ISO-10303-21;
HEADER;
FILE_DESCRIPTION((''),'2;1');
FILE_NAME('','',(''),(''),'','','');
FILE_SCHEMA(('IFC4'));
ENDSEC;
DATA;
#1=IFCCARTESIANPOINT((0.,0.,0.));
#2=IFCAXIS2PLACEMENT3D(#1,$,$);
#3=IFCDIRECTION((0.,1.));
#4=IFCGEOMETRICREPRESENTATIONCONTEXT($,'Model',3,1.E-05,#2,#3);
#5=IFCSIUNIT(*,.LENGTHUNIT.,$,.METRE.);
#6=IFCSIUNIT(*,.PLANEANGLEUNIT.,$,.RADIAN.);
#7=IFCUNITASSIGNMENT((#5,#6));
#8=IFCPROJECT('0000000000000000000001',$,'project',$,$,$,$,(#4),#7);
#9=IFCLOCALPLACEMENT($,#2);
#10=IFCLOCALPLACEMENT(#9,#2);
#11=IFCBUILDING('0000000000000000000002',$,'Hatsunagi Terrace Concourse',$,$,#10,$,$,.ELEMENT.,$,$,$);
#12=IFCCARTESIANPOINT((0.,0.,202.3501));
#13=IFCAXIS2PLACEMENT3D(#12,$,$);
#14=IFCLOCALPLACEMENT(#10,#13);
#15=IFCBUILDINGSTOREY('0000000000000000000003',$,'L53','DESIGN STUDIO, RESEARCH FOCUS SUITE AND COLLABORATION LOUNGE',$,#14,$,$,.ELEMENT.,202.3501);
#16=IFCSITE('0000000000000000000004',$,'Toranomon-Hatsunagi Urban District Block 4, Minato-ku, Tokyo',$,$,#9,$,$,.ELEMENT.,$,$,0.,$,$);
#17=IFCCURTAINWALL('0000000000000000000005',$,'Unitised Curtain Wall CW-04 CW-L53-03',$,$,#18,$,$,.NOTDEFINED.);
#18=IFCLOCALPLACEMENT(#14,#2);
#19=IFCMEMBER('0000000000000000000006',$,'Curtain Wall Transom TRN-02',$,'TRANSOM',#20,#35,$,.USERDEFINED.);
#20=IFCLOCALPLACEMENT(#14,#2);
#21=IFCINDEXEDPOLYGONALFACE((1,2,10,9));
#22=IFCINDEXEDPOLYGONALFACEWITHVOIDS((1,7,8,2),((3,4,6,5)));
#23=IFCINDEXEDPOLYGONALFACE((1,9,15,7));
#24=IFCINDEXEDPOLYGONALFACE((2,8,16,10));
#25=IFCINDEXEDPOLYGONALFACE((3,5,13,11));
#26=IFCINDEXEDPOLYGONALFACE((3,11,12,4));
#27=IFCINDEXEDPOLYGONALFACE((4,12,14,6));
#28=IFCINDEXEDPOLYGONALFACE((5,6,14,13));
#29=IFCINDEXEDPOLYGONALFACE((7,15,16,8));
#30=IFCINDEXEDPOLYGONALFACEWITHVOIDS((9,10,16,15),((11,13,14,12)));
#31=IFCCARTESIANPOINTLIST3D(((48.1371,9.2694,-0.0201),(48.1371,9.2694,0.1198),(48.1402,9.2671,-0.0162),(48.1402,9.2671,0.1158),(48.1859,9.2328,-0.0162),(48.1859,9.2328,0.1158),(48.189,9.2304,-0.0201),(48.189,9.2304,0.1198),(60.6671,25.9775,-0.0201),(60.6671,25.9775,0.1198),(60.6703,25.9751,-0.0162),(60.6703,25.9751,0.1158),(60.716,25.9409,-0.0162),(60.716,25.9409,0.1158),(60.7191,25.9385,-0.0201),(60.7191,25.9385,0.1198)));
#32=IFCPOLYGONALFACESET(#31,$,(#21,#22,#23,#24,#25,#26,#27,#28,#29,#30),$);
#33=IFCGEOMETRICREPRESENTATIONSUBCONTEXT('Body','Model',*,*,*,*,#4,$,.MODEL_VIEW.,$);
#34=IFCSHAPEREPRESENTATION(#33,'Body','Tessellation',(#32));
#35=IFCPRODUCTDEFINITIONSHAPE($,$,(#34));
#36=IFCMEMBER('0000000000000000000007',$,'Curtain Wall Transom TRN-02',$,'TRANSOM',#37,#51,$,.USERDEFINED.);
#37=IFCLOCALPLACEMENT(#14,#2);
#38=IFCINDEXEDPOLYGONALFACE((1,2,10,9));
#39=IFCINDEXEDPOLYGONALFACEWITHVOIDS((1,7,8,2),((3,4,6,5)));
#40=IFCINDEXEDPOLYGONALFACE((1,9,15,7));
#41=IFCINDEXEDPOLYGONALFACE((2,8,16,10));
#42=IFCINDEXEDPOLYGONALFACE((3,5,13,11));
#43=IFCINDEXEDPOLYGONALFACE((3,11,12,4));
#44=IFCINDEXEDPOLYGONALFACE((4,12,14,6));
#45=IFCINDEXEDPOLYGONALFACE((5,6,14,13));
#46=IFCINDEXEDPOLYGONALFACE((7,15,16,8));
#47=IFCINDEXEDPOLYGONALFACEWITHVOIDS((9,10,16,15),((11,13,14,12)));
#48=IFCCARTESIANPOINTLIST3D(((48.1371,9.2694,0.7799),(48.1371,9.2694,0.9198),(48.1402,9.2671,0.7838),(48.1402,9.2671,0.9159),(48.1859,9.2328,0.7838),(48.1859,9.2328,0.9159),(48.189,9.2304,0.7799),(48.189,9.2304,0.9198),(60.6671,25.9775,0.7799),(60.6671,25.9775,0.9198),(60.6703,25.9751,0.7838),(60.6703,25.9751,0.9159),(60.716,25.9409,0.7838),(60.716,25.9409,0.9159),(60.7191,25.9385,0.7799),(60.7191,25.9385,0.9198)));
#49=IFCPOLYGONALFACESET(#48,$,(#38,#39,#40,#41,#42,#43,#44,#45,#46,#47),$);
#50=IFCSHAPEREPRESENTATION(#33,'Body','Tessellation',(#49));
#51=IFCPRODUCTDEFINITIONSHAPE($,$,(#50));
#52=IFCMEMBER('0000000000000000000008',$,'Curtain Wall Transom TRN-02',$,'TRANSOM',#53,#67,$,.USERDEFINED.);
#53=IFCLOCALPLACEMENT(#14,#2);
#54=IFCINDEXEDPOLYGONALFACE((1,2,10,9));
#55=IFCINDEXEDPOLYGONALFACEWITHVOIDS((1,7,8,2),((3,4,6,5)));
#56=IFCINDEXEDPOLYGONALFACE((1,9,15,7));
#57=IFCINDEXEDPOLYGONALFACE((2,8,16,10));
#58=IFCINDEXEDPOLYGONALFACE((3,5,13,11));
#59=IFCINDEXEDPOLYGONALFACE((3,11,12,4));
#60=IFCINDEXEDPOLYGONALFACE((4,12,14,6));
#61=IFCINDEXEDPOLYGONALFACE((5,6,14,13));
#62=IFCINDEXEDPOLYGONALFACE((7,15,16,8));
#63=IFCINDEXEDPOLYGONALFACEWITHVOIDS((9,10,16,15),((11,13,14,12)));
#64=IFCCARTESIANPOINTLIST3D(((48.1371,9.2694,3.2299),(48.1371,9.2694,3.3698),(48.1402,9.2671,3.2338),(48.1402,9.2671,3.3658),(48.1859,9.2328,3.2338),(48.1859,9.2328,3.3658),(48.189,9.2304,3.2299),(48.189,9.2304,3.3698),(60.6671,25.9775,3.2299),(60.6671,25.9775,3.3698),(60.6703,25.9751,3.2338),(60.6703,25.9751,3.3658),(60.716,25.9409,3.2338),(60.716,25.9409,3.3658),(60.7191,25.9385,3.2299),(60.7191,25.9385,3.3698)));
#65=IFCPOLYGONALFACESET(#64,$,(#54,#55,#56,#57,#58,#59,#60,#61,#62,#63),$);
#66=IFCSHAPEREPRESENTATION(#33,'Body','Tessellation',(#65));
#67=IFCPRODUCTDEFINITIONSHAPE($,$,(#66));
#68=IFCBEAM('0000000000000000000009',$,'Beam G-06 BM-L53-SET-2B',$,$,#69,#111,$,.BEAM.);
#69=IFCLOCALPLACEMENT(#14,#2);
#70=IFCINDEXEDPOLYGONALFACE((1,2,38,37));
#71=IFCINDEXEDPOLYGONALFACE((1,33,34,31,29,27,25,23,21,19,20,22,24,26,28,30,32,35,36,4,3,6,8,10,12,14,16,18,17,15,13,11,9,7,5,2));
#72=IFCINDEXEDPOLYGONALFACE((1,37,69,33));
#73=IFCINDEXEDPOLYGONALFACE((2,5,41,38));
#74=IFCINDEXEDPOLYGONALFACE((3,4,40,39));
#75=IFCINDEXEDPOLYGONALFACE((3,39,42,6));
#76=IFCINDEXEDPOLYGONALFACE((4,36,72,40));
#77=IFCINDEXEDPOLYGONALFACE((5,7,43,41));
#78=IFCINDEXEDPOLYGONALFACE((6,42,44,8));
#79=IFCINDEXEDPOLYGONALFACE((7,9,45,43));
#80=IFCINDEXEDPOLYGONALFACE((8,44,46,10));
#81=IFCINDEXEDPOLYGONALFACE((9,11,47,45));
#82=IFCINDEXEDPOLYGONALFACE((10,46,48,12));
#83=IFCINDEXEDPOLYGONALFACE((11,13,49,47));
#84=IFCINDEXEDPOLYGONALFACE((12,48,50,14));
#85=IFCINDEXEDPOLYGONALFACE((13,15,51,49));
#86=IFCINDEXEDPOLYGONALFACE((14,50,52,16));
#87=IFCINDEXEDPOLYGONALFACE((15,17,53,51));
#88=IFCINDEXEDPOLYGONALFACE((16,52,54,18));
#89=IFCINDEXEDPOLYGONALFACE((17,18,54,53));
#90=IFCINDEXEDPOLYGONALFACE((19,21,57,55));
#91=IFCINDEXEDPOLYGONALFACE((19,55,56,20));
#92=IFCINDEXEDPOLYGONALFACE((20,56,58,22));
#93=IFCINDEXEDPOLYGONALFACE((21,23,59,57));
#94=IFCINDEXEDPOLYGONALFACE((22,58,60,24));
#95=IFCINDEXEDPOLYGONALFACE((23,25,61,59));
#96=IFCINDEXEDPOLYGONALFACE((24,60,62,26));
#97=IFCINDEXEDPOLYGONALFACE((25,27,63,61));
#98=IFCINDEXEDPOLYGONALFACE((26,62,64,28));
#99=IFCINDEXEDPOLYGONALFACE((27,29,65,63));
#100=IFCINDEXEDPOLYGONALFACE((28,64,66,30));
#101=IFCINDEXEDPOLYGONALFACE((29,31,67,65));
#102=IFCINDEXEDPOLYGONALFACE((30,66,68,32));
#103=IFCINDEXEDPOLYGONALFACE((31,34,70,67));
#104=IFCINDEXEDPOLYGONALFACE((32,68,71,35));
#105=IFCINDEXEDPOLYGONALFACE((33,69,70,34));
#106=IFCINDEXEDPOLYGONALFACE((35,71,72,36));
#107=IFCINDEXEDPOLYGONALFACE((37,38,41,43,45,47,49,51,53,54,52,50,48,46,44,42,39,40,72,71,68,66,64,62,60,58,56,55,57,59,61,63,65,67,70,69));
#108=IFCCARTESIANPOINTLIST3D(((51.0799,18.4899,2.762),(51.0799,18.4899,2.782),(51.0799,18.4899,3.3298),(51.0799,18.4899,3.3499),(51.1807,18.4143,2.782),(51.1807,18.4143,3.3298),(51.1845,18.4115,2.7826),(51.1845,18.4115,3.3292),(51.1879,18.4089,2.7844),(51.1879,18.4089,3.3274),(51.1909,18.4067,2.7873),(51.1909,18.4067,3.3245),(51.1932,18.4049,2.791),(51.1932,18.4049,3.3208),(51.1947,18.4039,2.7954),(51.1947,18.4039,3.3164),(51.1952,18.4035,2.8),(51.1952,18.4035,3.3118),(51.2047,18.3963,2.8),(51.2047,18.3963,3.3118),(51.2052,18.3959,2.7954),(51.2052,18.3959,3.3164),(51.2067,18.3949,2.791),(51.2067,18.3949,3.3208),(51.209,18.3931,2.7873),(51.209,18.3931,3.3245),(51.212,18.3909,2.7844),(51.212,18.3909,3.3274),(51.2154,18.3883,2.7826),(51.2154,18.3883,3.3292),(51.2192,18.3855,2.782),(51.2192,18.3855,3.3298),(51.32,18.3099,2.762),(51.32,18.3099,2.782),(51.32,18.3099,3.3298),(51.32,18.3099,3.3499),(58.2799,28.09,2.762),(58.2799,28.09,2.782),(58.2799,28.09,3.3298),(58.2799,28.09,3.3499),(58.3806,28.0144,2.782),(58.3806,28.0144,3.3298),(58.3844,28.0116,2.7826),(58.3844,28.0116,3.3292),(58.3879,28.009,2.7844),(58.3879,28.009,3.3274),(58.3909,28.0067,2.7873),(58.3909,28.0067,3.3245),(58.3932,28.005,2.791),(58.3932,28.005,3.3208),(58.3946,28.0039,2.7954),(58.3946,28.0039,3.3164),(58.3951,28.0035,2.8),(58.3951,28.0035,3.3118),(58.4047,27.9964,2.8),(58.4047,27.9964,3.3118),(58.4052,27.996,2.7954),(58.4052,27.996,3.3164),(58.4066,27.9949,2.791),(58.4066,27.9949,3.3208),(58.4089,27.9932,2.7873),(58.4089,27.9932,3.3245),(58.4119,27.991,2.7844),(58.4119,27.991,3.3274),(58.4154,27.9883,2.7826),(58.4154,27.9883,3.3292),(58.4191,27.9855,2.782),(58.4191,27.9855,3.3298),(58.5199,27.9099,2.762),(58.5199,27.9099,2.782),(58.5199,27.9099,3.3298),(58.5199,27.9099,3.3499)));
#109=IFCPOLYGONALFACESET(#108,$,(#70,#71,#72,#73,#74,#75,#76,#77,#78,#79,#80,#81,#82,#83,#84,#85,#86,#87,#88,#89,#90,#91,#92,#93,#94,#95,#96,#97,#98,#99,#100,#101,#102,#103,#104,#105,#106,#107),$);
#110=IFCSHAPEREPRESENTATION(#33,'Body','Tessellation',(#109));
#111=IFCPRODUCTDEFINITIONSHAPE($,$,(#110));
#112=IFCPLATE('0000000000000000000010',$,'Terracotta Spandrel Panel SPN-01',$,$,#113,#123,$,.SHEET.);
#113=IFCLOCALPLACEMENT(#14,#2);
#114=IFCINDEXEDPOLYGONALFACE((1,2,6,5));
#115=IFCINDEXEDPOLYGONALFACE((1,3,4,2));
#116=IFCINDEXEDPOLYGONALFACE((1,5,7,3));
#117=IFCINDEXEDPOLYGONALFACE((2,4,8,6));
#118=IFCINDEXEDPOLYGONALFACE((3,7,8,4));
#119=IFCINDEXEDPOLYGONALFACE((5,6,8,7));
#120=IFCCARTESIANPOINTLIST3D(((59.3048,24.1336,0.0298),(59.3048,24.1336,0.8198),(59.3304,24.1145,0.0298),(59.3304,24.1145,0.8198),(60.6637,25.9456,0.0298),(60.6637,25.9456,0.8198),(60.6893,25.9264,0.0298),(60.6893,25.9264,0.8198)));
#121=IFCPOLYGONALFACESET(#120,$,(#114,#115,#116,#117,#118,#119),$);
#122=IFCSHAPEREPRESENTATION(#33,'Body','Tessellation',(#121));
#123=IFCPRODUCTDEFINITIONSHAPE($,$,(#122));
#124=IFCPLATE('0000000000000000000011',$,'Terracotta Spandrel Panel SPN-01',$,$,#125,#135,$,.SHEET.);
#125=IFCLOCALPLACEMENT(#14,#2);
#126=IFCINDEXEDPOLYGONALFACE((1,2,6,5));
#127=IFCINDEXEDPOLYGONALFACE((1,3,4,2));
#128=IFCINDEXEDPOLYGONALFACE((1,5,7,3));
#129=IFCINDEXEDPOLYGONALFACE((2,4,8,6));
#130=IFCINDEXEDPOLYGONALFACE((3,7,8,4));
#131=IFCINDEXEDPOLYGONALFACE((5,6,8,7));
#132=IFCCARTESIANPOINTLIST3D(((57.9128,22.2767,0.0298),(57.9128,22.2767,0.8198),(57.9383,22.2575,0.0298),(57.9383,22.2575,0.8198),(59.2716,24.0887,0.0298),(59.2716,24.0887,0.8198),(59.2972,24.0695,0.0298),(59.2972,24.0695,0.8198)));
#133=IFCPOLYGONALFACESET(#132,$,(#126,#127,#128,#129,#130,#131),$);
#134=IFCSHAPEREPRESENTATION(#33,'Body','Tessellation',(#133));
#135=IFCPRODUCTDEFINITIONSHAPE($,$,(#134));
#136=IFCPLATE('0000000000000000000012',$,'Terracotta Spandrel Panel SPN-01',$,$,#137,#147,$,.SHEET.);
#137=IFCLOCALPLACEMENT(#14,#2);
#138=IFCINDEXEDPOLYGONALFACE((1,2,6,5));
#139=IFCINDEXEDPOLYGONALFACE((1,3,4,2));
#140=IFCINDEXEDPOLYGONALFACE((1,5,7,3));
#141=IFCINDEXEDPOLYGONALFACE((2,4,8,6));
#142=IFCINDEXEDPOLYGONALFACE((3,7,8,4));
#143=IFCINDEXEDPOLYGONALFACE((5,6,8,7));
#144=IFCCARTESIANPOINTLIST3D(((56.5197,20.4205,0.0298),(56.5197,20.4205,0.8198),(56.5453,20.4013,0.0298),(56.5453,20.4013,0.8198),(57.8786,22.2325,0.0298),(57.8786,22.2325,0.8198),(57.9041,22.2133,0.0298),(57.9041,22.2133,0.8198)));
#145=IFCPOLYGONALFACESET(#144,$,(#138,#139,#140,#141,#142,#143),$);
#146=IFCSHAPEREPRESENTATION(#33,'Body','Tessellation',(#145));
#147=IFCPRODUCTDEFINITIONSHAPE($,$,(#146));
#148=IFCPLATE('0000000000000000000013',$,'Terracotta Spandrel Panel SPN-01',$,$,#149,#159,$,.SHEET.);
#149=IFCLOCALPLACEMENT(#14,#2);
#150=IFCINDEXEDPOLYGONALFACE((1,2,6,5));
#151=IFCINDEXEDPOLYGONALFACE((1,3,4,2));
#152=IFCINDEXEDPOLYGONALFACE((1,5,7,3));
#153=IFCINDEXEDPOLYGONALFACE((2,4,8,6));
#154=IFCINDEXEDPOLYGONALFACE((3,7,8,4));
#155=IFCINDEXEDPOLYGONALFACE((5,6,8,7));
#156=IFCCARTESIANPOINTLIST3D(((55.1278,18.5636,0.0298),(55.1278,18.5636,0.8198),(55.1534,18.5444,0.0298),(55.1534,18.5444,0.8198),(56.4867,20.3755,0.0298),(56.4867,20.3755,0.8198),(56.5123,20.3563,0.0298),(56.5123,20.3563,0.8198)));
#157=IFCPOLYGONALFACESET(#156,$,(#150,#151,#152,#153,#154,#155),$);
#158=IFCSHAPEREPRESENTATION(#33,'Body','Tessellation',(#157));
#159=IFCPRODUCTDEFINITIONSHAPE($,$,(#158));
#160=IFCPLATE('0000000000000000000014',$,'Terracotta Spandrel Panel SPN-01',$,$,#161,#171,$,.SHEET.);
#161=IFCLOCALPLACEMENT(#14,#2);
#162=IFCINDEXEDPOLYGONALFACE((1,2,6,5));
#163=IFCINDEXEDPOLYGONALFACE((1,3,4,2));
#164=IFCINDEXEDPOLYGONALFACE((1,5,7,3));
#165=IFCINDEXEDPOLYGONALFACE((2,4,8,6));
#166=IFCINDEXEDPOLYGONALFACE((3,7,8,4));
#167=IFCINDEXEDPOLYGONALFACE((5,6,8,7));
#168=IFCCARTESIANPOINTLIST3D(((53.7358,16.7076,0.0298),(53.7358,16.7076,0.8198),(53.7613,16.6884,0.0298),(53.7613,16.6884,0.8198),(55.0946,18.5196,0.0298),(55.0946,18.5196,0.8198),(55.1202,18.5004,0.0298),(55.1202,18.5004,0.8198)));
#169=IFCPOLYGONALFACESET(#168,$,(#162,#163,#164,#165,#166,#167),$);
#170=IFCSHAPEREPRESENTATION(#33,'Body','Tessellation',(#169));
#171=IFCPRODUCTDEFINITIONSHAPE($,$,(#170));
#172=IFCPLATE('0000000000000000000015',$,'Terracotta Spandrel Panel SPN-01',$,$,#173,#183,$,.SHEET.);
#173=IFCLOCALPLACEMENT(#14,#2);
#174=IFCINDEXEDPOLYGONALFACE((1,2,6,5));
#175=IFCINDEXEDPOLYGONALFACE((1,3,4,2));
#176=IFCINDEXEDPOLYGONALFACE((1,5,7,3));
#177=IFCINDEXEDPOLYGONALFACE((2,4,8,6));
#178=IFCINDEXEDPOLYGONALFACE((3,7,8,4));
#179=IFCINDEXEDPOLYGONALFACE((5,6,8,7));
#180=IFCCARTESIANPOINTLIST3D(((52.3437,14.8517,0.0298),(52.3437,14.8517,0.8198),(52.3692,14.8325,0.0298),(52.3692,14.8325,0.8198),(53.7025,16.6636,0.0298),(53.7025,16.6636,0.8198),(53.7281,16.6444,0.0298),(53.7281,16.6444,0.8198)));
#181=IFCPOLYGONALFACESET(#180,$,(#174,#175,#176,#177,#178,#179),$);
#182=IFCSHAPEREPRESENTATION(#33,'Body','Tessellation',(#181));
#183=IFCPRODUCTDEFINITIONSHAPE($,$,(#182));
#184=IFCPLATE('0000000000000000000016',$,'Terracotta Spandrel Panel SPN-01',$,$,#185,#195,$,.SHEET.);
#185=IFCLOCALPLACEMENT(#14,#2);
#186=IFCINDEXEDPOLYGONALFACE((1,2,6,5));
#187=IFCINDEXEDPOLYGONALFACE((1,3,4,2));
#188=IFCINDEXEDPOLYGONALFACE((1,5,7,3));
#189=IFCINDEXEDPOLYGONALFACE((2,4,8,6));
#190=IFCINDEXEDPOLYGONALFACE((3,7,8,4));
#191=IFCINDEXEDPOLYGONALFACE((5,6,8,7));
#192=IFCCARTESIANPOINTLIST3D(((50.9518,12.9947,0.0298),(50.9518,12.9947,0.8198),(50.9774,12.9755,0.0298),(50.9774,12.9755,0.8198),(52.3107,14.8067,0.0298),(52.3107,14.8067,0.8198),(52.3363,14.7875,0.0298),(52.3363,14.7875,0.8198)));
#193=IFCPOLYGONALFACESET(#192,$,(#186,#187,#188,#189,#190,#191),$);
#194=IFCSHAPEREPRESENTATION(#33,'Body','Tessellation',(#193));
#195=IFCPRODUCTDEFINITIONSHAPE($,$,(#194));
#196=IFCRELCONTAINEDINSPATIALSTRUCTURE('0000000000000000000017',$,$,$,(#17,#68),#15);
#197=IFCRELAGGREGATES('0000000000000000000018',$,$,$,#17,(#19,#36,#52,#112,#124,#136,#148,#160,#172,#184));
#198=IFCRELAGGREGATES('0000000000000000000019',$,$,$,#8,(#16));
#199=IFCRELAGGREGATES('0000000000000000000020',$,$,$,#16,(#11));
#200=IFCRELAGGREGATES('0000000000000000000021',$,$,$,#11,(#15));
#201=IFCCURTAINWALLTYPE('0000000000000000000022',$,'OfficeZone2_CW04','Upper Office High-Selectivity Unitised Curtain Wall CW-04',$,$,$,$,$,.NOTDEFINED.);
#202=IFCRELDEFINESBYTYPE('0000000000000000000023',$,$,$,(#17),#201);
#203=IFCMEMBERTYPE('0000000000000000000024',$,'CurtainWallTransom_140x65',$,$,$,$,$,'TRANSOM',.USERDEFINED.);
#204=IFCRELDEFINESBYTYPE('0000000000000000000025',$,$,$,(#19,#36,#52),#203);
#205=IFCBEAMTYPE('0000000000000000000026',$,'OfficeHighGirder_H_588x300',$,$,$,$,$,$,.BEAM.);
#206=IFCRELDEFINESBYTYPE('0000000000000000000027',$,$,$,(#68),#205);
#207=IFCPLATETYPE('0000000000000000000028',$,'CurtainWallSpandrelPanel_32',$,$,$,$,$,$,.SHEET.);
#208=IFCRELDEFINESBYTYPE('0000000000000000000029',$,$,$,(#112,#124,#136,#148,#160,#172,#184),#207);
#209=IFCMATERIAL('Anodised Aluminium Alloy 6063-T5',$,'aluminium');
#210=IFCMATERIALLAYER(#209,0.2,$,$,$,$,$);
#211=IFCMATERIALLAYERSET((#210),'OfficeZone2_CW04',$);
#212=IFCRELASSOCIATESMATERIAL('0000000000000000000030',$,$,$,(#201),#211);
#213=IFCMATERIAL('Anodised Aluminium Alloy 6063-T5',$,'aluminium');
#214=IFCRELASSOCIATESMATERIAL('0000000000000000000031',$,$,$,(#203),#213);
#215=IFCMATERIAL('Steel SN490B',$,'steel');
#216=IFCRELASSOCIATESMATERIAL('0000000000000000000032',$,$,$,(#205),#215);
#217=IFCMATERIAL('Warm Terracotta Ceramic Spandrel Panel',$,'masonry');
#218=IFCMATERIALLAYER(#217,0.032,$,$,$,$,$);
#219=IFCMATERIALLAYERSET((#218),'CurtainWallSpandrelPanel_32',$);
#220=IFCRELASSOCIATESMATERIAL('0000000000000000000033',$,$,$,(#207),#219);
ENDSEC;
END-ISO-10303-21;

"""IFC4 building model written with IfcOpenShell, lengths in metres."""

from ifc_helpers import new_model, si_unit, direction, frame, origin, origin_2d, place, context, subcontext, project, spatial, rectangle, hollow_rectangle, i_section, extrude, material, layer, layer_set, material_profile, profile_set, type_object, element, aggregate, save


model = new_model("IFC4")

# Units and contexts
model_context = context("Model", 3, precision=1e-05, world=origin(), true_north=direction((0.0, 1.0)))
body_context = subcontext(model_context, "Body", "Model", "MODEL_VIEW")
ifc_project = project(units=[si_unit("LENGTHUNIT", "METRE"), si_unit("PLANEANGLEUNIT", "RADIAN")], contexts=[model_context])

# Site, building, storey
site_placement = place(None, origin())
site = spatial("IfcSite", under=ifc_project, at=site_placement, Name="Toranomon-Hatsunagi Urban District Block 4, Minato-ku, Tokyo", CompositionType="ELEMENT", RefElevation=0.0)
building_placement = place(site_placement, origin())
building = spatial("IfcBuilding", under=site, at=building_placement, Name="Hatsunagi Terrace Concourse", CompositionType="ELEMENT")
storey_placement = place(building_placement, frame((0.0, 0.0, 202.3501)))
storey = spatial("IfcBuildingStorey", under=building, at=storey_placement, Name="L53", Description="DESIGN STUDIO, RESEARCH FOCUS SUITE AND COLLABORATION LOUNGE", CompositionType="ELEMENT", Elevation=202.3501)

# Curtain wall, members
ifc_material_1 = material(Name="Anodised Aluminium Alloy 6063-T5", Category="aluminium")
ifc_layer_1 = layer(ifc_material_1, 0.2)
ifc_layer_set_1 = layer_set([ifc_layer_1], Name="OfficeZone2_CW04")
curtain_wall_type = type_object("IfcCurtainWallType", Name="OfficeZone2_CW04", Description="Upper Office High-Selectivity Unitised Curtain Wall CW-04", PredefinedType="NOTDEFINED", material=ifc_layer_set_1)
curtain_wall_placement = place(storey_placement, origin())
curtain_wall = element("IfcCurtainWall", 1, at=curtain_wall_placement, inside=storey, type_object=curtain_wall_type, Name="Unitised Curtain Wall CW-04 CW-L53-03", PredefinedType="NOTDEFINED")
ifc_material_2 = material(Name="Anodised Aluminium Alloy 6063-T5", Category="aluminium")
ifc_material_profile_1 = material_profile(ifc_material_2, hollow_rectangle(XDim=0.0649, YDim=0.1399, WallThickness=0.0039, at=origin_2d()), Name="ALU-TRN-140x65x4")
ifc_profile_set_1 = profile_set([ifc_material_profile_1], Name="Anodised Aluminium Alloy 6063-T5")
member_type_1 = type_object("IfcMemberType", Name="CurtainWallTransom_140x65", ElementType="TRANSOM", PredefinedType="USERDEFINED", material=ifc_profile_set_1)
member_1_placement = place(storey_placement, frame((60.6931, 25.958, 0.0498), z_axis=(-0.59997, -0.800022, 0.0), x_axis=(0.800022, -0.59997, 0.0)))
member_1 = element("IfcMember", 2, at=member_1_placement, type_object=member_type_1, Name="Curtain Wall Transom TRN-02", ObjectType="TRANSOM", PredefinedType="USERDEFINED", context=body_context, shape_type="SweptSolid", body=[
    extrude(hollow_rectangle(XDim=0.0649, YDim=0.1399, WallThickness=0.0039, at=origin_2d()), origin(), (0.0, 0.0, 1.0), 20.8845),
])
member_2_placement = place(storey_placement, frame((60.6931, 25.958, 0.8499), z_axis=(-0.59997, -0.800022, 0.0), x_axis=(0.800022, -0.59997, 0.0)))
member_2 = element("IfcMember", 3, at=member_2_placement, type_object=member_type_1, Name="Curtain Wall Transom TRN-02", ObjectType="TRANSOM", PredefinedType="USERDEFINED", context=body_context, shape_type="SweptSolid", body=[
    extrude(hollow_rectangle(XDim=0.0649, YDim=0.1399, WallThickness=0.0039, at=origin_2d()), origin(), (0.0, 0.0, 1.0), 20.8845),
])
member_3_placement = place(storey_placement, frame((60.6931, 25.958, 3.2998), z_axis=(-0.59997, -0.800022, 0.0), x_axis=(0.800022, -0.59997, 0.0)))
member_3 = element("IfcMember", 4, at=member_3_placement, type_object=member_type_1, Name="Curtain Wall Transom TRN-02", ObjectType="TRANSOM", PredefinedType="USERDEFINED", context=body_context, shape_type="SweptSolid", body=[
    extrude(hollow_rectangle(XDim=0.0649, YDim=0.1399, WallThickness=0.0039, at=origin_2d()), origin(), (0.0, 0.0, 1.0), 20.8845),
])

# Beam
ifc_material_3 = material(Name="Steel SN490B", Category="steel")
ifc_material_profile_2 = material_profile(ifc_material_3, i_section(OverallWidth=0.3, OverallDepth=0.5879, WebThickness=0.012, FlangeThickness=0.02, FilletRadius=0.0181, at=origin_2d()), Name="H-588x300x12x20")
ifc_profile_set_2 = profile_set([ifc_material_profile_2], Name="Steel SN490B")
beam_type = type_object("IfcBeamType", Name="OfficeHighGirder_H_588x300", PredefinedType="BEAM", material=ifc_profile_set_2)
beam_placement = place(storey_placement, frame((51.2, 18.3999, 3.0559), z_axis=(0.599993, 0.800005, 0.0), x_axis=(-0.800005, 0.599993, 0.0)))
element("IfcBeam", 5, at=beam_placement, inside=storey, type_object=beam_type, Name="Beam G-06 BM-L53-SET-2B", PredefinedType="BEAM", context=body_context, shape_type="SweptSolid", body=[
    extrude(i_section(OverallWidth=0.3, OverallDepth=0.5879, WebThickness=0.012, FlangeThickness=0.02, FilletRadius=0.0181, at=origin_2d()), origin(), (0.0, 0.0, 1.0), 12.0),
])

# Plates
ifc_material_4 = material(Name="Warm Terracotta Ceramic Spandrel Panel", Category="masonry")
ifc_layer_2 = layer(ifc_material_4, 0.032)
ifc_layer_set_2 = layer_set([ifc_layer_2], Name="CurtainWallSpandrelPanel_32")
plate_type_1 = type_object("IfcPlateType", Name="CurtainWallSpandrelPanel_32", PredefinedType="SHEET", material=ifc_layer_set_2)
plate_1_placement = place(storey_placement, frame((59.9971, 25.03, 0.0298), z_axis=(0.0, 0.0, 1.0), x_axis=(-0.599969, -0.800023, 0.0)))
plate_1 = element("IfcPlate", 6, at=plate_1_placement, type_object=plate_type_1, Name="Terracotta Spandrel Panel SPN-01", PredefinedType="SHEET", context=body_context, shape_type="SweptSolid", body=[
    extrude(rectangle(XDim=2.2649, YDim=0.032, at=origin_2d()), origin(), (0.0, 0.0, 1.0), 0.79),
])
plate_2_placement = place(storey_placement, frame((58.605, 23.1731, 0.0298), z_axis=(0.0, 0.0, 1.0), x_axis=(-0.599969, -0.800023, 0.0)))
plate_2 = element("IfcPlate", 7, at=plate_2_placement, type_object=plate_type_1, Name="Terracotta Spandrel Panel SPN-01", PredefinedType="SHEET", context=body_context, shape_type="SweptSolid", body=[
    extrude(rectangle(XDim=2.2649, YDim=0.032, at=origin_2d()), origin(), (0.0, 0.0, 1.0), 0.79),
])
plate_3_placement = place(storey_placement, frame((57.2119, 21.3169, 0.0298), z_axis=(0.0, 0.0, 1.0), x_axis=(-0.599969, -0.800023, 0.0)))
plate_3 = element("IfcPlate", 8, at=plate_3_placement, type_object=plate_type_1, Name="Terracotta Spandrel Panel SPN-01", PredefinedType="SHEET", context=body_context, shape_type="SweptSolid", body=[
    extrude(rectangle(XDim=2.2649, YDim=0.032, at=origin_2d()), origin(), (0.0, 0.0, 1.0), 0.79),
])
plate_4_placement = place(storey_placement, frame((55.8201, 19.46, 0.0298), z_axis=(0.0, 0.0, 1.0), x_axis=(-0.599969, -0.800023, 0.0)))
plate_4 = element("IfcPlate", 9, at=plate_4_placement, type_object=plate_type_1, Name="Terracotta Spandrel Panel SPN-01", PredefinedType="SHEET", context=body_context, shape_type="SweptSolid", body=[
    extrude(rectangle(XDim=2.2649, YDim=0.032, at=origin_2d()), origin(), (0.0, 0.0, 1.0), 0.79),
])
plate_5_placement = place(storey_placement, frame((54.428, 17.604, 0.0298), z_axis=(0.0, 0.0, 1.0), x_axis=(-0.599969, -0.800023, 0.0)))
plate_5 = element("IfcPlate", 10, at=plate_5_placement, type_object=plate_type_1, Name="Terracotta Spandrel Panel SPN-01", PredefinedType="SHEET", context=body_context, shape_type="SweptSolid", body=[
    extrude(rectangle(XDim=2.2649, YDim=0.032, at=origin_2d()), origin(), (0.0, 0.0, 1.0), 0.79),
])
plate_6_placement = place(storey_placement, frame((53.0359, 15.748, 0.0298), z_axis=(0.0, 0.0, 1.0), x_axis=(-0.599969, -0.800023, 0.0)))
plate_6 = element("IfcPlate", 11, at=plate_6_placement, type_object=plate_type_1, Name="Terracotta Spandrel Panel SPN-01", PredefinedType="SHEET", context=body_context, shape_type="SweptSolid", body=[
    extrude(rectangle(XDim=2.2649, YDim=0.032, at=origin_2d()), origin(), (0.0, 0.0, 1.0), 0.79),
])
plate_7_placement = place(storey_placement, frame((51.644, 13.8911, 0.0298), z_axis=(0.0, 0.0, 1.0), x_axis=(-0.599969, -0.800023, 0.0)))
plate_7 = element("IfcPlate", 12, at=plate_7_placement, type_object=plate_type_1, Name="Terracotta Spandrel Panel SPN-01", PredefinedType="SHEET", context=body_context, shape_type="SweptSolid", body=[
    extrude(rectangle(XDim=2.2649, YDim=0.032, at=origin_2d()), origin(), (0.0, 0.0, 1.0), 0.79),
])
aggregate(curtain_wall, [member_1, member_2, member_3, plate_1, plate_2, plate_3, plate_4, plate_5, plate_6, plate_7])

save(model, "model.ifc")
